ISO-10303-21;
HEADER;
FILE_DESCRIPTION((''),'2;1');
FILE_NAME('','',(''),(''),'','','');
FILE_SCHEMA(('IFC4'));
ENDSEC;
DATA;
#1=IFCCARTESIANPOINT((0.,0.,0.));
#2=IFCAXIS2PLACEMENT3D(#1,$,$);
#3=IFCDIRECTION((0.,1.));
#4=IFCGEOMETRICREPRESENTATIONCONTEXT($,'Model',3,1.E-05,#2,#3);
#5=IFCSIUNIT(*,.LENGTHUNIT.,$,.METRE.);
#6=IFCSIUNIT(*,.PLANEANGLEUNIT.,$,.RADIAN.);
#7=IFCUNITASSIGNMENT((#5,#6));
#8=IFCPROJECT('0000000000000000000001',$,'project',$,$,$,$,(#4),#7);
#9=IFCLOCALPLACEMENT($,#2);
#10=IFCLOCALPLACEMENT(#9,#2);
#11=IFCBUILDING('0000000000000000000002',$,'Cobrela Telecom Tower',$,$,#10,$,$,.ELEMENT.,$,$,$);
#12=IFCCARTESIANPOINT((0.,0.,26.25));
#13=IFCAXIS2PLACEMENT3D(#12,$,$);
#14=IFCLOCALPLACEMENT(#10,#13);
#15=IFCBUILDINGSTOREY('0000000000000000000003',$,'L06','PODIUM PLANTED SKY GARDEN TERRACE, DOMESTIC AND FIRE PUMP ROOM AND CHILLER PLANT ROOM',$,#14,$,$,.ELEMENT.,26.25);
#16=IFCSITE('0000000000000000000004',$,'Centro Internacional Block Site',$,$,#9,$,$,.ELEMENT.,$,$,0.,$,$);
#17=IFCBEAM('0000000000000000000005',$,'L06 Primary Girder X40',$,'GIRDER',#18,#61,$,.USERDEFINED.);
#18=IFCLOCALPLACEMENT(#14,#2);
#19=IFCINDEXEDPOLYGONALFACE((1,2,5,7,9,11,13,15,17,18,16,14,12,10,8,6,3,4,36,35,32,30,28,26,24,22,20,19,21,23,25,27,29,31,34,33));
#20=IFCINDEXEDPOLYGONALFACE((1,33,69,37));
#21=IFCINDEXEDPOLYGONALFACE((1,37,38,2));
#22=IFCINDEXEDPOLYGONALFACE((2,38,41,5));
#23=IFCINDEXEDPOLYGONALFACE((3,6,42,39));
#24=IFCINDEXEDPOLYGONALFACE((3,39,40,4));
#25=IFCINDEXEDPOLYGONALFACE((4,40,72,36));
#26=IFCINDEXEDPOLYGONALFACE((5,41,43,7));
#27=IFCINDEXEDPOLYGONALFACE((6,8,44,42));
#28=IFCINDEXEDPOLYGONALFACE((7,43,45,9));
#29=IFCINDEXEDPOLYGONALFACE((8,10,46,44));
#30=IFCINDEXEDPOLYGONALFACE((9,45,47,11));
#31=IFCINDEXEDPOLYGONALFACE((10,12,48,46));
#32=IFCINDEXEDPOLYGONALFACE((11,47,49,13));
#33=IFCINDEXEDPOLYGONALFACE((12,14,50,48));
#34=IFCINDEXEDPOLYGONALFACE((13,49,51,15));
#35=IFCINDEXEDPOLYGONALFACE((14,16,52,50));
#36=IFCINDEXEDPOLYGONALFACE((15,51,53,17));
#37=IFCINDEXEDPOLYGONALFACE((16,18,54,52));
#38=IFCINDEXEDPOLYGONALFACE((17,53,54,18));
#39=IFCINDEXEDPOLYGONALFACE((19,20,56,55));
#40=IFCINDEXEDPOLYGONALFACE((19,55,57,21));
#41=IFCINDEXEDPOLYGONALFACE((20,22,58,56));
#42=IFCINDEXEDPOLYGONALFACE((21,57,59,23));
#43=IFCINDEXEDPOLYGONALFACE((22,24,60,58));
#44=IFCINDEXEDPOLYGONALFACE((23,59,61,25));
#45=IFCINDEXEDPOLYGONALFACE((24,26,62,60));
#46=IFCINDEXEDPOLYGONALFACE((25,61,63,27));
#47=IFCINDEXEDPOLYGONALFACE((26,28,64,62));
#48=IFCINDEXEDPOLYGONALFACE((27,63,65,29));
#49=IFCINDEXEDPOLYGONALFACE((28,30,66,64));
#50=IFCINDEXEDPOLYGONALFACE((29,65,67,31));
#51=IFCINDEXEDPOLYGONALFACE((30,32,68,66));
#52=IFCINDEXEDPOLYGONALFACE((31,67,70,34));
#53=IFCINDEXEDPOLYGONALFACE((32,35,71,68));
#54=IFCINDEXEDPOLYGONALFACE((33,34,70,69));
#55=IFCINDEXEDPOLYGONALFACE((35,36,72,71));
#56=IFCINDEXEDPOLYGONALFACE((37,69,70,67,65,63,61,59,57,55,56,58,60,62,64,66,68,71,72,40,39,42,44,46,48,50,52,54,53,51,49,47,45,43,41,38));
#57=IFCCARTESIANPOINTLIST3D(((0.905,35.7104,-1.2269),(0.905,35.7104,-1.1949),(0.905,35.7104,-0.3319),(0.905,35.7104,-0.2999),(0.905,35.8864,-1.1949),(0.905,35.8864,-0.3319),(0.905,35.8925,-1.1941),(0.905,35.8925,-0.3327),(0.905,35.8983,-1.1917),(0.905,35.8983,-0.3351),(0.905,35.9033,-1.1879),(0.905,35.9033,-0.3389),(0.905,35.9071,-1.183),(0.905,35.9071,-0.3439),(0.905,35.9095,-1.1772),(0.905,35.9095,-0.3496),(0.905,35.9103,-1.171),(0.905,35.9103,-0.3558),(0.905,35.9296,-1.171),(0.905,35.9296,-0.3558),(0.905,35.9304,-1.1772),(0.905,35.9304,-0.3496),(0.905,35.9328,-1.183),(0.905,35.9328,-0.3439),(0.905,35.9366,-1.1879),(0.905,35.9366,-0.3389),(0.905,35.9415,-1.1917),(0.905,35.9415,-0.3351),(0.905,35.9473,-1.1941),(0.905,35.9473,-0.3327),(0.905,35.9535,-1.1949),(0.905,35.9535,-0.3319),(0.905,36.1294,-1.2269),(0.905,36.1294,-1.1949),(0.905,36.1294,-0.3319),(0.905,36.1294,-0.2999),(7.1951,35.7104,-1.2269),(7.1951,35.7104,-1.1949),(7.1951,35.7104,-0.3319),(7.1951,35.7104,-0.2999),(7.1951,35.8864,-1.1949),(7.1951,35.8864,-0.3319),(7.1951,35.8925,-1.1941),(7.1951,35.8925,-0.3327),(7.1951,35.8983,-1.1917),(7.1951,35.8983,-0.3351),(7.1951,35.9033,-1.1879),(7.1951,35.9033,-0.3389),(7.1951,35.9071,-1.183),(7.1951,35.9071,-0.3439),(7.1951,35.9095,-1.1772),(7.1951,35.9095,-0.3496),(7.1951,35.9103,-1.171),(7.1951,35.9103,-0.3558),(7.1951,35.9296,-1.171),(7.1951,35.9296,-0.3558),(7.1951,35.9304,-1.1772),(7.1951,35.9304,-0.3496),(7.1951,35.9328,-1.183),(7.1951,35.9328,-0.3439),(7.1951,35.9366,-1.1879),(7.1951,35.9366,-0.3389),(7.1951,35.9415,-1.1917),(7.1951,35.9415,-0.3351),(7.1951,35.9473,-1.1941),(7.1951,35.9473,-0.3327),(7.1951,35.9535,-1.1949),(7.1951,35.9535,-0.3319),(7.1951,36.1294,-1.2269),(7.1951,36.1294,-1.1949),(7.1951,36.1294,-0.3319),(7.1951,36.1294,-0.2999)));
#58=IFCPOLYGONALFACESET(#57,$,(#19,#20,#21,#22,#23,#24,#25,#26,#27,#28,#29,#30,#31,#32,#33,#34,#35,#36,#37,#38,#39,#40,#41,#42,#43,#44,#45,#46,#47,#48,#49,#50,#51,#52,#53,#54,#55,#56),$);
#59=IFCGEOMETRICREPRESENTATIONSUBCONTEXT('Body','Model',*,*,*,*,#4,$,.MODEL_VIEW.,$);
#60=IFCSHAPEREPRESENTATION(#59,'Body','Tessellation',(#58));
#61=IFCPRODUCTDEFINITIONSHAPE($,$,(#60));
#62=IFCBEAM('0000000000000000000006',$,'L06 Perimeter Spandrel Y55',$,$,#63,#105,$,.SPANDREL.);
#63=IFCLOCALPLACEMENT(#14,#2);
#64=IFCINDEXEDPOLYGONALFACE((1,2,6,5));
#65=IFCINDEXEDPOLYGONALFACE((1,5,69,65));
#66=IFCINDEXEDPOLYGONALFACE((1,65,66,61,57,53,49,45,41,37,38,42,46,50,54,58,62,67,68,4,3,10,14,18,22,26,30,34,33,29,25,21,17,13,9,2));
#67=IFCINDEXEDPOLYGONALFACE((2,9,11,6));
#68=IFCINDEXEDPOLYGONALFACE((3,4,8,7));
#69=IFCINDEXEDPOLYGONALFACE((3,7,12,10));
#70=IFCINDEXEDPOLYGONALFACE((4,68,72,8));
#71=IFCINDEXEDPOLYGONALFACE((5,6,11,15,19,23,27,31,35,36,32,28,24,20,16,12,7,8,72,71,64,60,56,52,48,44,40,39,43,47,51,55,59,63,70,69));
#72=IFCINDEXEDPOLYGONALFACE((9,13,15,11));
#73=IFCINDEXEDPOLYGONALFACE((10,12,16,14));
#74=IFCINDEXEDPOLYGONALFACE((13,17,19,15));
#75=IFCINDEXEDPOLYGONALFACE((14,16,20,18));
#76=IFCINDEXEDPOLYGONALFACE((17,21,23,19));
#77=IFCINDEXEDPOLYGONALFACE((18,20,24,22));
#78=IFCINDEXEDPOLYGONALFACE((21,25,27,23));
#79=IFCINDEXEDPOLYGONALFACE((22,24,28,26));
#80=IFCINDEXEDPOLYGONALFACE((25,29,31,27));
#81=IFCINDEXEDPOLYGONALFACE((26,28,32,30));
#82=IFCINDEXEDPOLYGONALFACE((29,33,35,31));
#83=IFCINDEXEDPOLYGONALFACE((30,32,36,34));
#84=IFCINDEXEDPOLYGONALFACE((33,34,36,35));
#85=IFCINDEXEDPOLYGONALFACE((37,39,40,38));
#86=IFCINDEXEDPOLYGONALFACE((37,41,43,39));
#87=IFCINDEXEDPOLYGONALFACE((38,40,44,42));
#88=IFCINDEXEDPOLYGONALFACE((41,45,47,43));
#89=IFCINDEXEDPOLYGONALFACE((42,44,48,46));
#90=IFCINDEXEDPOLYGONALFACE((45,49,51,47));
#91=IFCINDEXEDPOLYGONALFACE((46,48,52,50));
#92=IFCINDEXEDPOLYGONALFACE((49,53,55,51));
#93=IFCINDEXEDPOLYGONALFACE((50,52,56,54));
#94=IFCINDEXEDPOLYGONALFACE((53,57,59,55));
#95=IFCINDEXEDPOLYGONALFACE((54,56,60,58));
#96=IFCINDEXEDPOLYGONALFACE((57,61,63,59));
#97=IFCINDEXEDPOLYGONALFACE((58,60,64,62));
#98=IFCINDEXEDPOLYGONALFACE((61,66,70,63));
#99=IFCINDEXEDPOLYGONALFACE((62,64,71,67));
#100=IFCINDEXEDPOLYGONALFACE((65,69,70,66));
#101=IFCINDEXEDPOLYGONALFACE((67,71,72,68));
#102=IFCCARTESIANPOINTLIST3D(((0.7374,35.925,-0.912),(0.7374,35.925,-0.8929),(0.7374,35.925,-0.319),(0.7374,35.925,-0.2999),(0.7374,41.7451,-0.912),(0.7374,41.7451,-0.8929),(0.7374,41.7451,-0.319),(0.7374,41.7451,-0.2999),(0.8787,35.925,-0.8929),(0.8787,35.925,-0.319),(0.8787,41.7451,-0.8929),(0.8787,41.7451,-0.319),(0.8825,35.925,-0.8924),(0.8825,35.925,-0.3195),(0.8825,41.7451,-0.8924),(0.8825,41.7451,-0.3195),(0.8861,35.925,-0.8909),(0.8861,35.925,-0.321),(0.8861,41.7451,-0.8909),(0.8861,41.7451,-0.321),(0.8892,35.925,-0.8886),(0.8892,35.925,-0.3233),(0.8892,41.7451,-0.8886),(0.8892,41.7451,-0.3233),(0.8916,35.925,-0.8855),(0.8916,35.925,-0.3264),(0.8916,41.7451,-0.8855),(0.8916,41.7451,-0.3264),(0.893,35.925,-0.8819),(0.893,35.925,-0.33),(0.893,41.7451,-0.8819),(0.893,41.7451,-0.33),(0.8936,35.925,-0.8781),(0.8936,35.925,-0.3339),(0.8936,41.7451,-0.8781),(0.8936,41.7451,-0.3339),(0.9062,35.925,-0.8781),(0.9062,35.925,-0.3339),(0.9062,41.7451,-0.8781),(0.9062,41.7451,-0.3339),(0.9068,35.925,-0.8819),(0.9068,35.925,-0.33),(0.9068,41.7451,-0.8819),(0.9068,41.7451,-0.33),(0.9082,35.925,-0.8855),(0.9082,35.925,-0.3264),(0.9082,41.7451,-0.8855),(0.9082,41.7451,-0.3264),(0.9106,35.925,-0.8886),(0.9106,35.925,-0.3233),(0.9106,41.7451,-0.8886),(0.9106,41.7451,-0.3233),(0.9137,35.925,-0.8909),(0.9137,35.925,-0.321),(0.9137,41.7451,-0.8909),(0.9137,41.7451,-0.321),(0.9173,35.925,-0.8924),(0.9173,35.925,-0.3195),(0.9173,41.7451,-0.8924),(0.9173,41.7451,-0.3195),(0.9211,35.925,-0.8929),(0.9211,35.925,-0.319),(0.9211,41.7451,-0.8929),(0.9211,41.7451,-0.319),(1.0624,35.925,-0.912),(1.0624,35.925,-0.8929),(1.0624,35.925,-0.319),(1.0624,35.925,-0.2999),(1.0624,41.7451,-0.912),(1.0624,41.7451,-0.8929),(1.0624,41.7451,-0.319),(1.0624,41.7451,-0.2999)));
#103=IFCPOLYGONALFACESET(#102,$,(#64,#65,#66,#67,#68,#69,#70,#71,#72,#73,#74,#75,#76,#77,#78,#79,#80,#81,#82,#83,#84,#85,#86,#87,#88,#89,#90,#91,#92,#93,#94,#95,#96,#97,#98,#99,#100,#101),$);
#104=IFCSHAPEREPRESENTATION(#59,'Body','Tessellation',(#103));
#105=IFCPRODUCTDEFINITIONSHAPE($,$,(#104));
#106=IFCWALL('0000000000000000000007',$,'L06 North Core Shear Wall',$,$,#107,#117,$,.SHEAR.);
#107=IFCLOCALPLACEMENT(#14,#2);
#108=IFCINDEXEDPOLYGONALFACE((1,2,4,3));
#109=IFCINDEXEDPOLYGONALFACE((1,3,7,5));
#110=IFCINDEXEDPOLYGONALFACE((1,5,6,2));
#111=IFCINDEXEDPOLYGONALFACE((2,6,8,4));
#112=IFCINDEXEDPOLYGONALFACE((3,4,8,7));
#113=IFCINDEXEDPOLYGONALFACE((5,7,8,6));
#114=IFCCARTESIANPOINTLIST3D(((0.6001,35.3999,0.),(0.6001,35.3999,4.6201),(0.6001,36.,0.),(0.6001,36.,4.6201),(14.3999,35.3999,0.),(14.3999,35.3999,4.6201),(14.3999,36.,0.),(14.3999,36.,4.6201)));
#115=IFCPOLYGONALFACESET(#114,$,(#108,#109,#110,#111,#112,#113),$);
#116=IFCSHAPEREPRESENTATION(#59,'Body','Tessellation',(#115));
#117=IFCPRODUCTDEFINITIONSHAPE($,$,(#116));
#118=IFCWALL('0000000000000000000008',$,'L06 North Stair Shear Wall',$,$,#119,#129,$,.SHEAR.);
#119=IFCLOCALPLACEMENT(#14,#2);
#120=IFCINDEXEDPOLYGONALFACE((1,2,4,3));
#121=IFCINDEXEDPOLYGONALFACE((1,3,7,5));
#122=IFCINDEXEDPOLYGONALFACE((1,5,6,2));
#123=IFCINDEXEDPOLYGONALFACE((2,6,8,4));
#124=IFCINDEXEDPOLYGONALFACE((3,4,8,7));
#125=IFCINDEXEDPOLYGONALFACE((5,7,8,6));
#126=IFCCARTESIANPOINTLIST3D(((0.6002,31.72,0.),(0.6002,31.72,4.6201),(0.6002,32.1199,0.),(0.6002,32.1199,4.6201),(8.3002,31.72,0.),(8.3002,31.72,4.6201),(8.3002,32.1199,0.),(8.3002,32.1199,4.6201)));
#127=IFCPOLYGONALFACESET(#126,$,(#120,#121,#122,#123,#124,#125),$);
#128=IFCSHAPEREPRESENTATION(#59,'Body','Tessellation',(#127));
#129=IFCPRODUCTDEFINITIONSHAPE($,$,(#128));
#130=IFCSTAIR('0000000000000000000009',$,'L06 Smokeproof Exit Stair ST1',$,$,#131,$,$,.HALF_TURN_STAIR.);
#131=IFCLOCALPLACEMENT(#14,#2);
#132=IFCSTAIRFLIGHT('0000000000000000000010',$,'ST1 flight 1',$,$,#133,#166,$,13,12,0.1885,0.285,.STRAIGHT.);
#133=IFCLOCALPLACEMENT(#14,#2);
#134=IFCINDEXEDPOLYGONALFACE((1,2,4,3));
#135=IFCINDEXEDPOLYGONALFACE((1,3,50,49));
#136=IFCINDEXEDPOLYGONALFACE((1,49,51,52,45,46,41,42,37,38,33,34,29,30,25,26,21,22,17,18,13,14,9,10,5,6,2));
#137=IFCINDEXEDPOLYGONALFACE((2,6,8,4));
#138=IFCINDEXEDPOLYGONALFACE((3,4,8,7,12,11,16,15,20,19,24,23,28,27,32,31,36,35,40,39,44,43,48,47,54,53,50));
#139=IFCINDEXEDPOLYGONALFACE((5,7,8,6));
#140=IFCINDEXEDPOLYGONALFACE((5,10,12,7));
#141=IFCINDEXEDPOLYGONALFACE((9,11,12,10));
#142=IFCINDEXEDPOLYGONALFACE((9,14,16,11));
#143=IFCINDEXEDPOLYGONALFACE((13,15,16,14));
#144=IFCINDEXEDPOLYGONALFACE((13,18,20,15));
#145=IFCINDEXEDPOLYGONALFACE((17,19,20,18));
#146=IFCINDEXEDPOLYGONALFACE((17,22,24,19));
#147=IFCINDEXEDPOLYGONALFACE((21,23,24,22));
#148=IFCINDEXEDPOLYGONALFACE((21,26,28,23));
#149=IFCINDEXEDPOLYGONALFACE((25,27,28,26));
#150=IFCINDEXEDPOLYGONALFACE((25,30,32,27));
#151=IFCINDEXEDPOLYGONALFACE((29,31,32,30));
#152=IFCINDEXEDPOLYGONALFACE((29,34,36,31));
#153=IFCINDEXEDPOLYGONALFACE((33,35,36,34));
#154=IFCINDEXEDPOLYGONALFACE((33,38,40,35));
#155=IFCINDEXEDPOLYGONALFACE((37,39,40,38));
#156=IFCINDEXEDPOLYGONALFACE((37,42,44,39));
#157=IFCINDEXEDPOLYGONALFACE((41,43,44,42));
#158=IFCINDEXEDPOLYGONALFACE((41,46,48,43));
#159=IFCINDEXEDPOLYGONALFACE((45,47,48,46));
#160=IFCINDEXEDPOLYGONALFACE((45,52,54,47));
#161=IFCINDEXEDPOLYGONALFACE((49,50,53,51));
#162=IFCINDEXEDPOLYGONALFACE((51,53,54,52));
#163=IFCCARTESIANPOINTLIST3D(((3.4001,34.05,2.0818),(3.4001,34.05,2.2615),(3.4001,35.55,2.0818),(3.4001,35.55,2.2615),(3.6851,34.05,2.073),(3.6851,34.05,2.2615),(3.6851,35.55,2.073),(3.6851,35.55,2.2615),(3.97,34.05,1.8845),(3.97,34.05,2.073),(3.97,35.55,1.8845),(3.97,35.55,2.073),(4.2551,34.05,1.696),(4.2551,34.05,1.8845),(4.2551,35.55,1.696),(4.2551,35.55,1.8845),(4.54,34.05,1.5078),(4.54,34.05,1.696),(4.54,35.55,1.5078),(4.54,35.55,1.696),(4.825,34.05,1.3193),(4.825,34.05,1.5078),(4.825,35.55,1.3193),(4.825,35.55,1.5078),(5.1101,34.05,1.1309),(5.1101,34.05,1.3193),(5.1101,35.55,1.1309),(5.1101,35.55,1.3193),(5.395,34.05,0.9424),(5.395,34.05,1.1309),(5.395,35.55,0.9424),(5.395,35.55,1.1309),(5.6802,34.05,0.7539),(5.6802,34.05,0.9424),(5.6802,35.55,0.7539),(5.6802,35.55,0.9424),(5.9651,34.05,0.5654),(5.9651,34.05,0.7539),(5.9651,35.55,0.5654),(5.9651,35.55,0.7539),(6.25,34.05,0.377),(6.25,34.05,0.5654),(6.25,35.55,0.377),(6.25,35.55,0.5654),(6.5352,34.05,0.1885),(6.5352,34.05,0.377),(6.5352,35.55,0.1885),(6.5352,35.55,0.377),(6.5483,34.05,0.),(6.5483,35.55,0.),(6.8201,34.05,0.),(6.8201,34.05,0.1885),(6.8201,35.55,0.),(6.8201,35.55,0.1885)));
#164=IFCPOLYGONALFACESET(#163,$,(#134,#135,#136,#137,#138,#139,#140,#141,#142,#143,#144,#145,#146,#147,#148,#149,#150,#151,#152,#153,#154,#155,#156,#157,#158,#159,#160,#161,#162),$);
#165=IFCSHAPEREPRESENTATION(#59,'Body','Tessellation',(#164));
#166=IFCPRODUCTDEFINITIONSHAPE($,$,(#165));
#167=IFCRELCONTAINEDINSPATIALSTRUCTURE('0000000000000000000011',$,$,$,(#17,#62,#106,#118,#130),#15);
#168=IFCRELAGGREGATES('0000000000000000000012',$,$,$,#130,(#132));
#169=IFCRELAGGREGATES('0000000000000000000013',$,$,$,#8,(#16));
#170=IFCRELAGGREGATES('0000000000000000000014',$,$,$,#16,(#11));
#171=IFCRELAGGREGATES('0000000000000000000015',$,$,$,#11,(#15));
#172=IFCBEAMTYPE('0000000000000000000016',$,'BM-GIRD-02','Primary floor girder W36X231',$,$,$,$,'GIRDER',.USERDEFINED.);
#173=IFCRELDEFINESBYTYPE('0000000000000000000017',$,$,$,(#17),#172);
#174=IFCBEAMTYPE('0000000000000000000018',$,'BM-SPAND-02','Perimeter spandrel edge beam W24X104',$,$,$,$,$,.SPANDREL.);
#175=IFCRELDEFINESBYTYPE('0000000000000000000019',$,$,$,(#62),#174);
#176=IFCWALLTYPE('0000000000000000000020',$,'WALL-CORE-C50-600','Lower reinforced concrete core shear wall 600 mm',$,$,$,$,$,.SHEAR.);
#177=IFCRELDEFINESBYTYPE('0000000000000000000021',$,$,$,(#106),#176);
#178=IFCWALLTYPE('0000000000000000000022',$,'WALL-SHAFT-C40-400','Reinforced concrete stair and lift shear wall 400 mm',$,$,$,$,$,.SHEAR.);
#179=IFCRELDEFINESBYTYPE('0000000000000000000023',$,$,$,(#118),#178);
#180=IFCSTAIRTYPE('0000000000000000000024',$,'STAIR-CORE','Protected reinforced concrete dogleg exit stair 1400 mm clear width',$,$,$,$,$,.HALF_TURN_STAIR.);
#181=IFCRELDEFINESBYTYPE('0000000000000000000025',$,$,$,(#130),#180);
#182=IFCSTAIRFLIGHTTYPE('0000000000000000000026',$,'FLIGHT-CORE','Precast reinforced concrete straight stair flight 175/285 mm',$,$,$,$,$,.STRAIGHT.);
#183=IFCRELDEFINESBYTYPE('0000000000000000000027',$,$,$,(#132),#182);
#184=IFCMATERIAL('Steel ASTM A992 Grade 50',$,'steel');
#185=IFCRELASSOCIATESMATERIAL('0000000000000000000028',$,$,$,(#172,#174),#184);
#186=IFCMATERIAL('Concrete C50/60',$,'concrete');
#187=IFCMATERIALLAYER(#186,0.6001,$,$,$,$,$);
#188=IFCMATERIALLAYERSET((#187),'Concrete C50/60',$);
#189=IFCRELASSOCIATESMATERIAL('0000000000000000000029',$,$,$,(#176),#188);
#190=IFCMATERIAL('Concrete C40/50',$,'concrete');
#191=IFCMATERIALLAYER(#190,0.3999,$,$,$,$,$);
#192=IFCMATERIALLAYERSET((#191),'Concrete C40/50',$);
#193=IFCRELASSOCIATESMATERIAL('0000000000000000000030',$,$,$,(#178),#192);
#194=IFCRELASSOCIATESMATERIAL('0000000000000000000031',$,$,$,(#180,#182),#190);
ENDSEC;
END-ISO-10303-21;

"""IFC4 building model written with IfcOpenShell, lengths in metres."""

from ifc_helpers import new_model, si_unit, direction, frame, frame_2d, origin, origin_2d, place, context, subcontext, project, spatial, polyline, rectangle, i_section, outline, extrude, material, layer, layer_set, material_profile, profile_set, type_object, element, aggregate, save


model = new_model("IFC4")

# Units and contexts
model_context = context("Model", 3, precision=1e-05, world=origin(), true_north=direction((0.0, 1.0)))
body_context = subcontext(model_context, "Body", "Model", "MODEL_VIEW")
ifc_project = project(units=[si_unit("LENGTHUNIT", "METRE"), si_unit("PLANEANGLEUNIT", "RADIAN")], contexts=[model_context])

# Site, building, storey
site_placement = place(None, origin())
site = spatial("IfcSite", under=ifc_project, at=site_placement, Name="Centro Internacional Block Site", CompositionType="ELEMENT", RefElevation=0.0)
building_placement = place(site_placement, origin())
building = spatial("IfcBuilding", under=site, at=building_placement, Name="Cobrela Telecom Tower", CompositionType="ELEMENT")
storey_placement = place(building_placement, frame((0.0, 0.0, 26.25)))
storey = spatial("IfcBuildingStorey", under=building, at=storey_placement, Name="L06", Description="PODIUM PLANTED SKY GARDEN TERRACE, DOMESTIC AND FIRE PUMP ROOM AND CHILLER PLANT ROOM", CompositionType="ELEMENT", Elevation=26.25)

# Beams
ifc_material_1 = material(Name="Steel ASTM A992 Grade 50", Category="steel")
ifc_material_profile_1 = material_profile(ifc_material_1, i_section(OverallWidth=0.4189, OverallDepth=0.927, WebThickness=0.0193, FlangeThickness=0.032, FilletRadius=0.0239, at=origin_2d()), Name="W36X231")
ifc_profile_set_1 = profile_set([ifc_material_profile_1], Name="Steel ASTM A992 Grade 50")
beam_type_1 = type_object("IfcBeamType", Name="BM-GIRD-02", Description="Primary floor girder W36X231", ElementType="GIRDER", PredefinedType="USERDEFINED", material=ifc_profile_set_1)
beam_1_placement = place(storey_placement, frame((0.905, 35.9199, -0.7634), z_axis=(1.0, 0.0, 0.0), x_axis=(0.0, 1.0, 0.0)))
element("IfcBeam", 1, at=beam_1_placement, inside=storey, type_object=beam_type_1, Name="L06 Primary Girder X40", ObjectType="GIRDER", PredefinedType="USERDEFINED", context=body_context, shape_type="SweptSolid", body=[
    extrude(i_section(OverallWidth=0.4189, OverallDepth=0.927, WebThickness=0.0193, FlangeThickness=0.032, FilletRadius=0.0239, at=origin_2d()), origin(), (0.0, 0.0, 1.0), 6.29),
])
ifc_material_profile_2 = material_profile(ifc_material_1, i_section(OverallWidth=0.325, OverallDepth=0.6121, WebThickness=0.0127, FlangeThickness=0.019, FilletRadius=0.0149, at=origin_2d()), Name="W24X104")
ifc_profile_set_2 = profile_set([ifc_material_profile_2], Name="Steel ASTM A992 Grade 50")
beam_type_2 = type_object("IfcBeamType", Name="BM-SPAND-02", Description="Perimeter spandrel edge beam W24X104", PredefinedType="SPANDREL", material=ifc_profile_set_2)
beam_2_placement = place(storey_placement, frame((0.8999, 35.925, -0.606), z_axis=(0.0, 1.0, 0.0), x_axis=(-1.0, 0.0, 0.0)))
element("IfcBeam", 2, at=beam_2_placement, inside=storey, type_object=beam_type_2, Name="L06 Perimeter Spandrel Y55", PredefinedType="SPANDREL", context=body_context, shape_type="SweptSolid", body=[
    extrude(i_section(OverallWidth=0.325, OverallDepth=0.6121, WebThickness=0.0127, FlangeThickness=0.019, FilletRadius=0.0149, at=origin_2d()), origin(), (0.0, 0.0, 1.0), 5.8201),
])

# Walls
ifc_material_2 = material(Name="Concrete C50/60", Category="concrete")
ifc_layer_1 = layer(ifc_material_2, 0.6001)
ifc_layer_set_1 = layer_set([ifc_layer_1], Name="Concrete C50/60")
wall_type_1 = type_object("IfcWallType", Name="WALL-CORE-C50-600", Description="Lower reinforced concrete core shear wall 600 mm", PredefinedType="SHEAR", material=ifc_layer_set_1)
wall_1_placement = place(storey_placement, frame((0.6001, 35.7, 0.0), z_axis=(0.0, 0.0, 1.0), x_axis=(1.0, 0.0, 0.0)))
element("IfcWall", 3, at=wall_1_placement, inside=storey, type_object=wall_type_1, Name="L06 North Core Shear Wall", PredefinedType="SHEAR", context=body_context, shape_type="SweptSolid", body=[
    extrude(rectangle(XDim=13.7998, YDim=0.6001, at=frame_2d((6.8999, 0.0))), origin(), (0.0, 0.0, 1.0), 4.6201),
])
ifc_material_3 = material(Name="Concrete C40/50", Category="concrete")
ifc_layer_2 = layer(ifc_material_3, 0.3999)
ifc_layer_set_2 = layer_set([ifc_layer_2], Name="Concrete C40/50")
wall_type_2 = type_object("IfcWallType", Name="WALL-SHAFT-C40-400", Description="Reinforced concrete stair and lift shear wall 400 mm", PredefinedType="SHEAR", material=ifc_layer_set_2)
wall_2_placement = place(storey_placement, frame((0.6001, 31.9199, 0.0), z_axis=(0.0, 0.0, 1.0), x_axis=(1.0, 0.0, 0.0)))
element("IfcWall", 4, at=wall_2_placement, inside=storey, type_object=wall_type_2, Name="L06 North Stair Shear Wall", PredefinedType="SHEAR", context=body_context, shape_type="SweptSolid", body=[
    extrude(rectangle(XDim=7.7, YDim=0.3999, at=frame_2d((3.8501, 0.0))), origin(), (0.0, 0.0, 1.0), 4.6201),
])

# Stair, stair flight
stair_type = type_object("IfcStairType", Name="STAIR-CORE", Description="Protected reinforced concrete dogleg exit stair 1400 mm clear width", PredefinedType="HALF_TURN_STAIR", material=ifc_material_3)
stair_placement = place(storey_placement, origin())
stair = element("IfcStair", 5, at=stair_placement, inside=storey, type_object=stair_type, Name="L06 Smokeproof Exit Stair ST1", PredefinedType="HALF_TURN_STAIR")
stair_flight_type = type_object("IfcStairFlightType", Name="FLIGHT-CORE", Description="Precast reinforced concrete straight stair flight 175/285 mm", PredefinedType="STRAIGHT", material=ifc_material_3)
stair_flight_1_placement = place(storey_placement, frame((6.8201, 34.8, 0.0), z_axis=(0.0, 0.0, 1.0), x_axis=(-1.0, 0.0, 0.0)))
stair_flight_1 = element("IfcStairFlight", 6, at=stair_flight_1_placement, type_object=stair_flight_type, Name="ST1 flight 1", NumberOfRisers=13, NumberOfTreads=12, PredefinedType="STRAIGHT", RiserHeight=0.1885, TreadLength=0.285, context=body_context, shape_type="SweptSolid", body=[
    extrude(outline(polyline([(0.0, 0.0), (0.0, 0.1885), (0.2849, 0.1885), (0.2849, 0.377), (0.5701, 0.377), (0.5701, 0.5654), (0.855, 0.5654), (0.855, 0.7539), (1.1399, 0.7539), (1.1399, 0.9424), (1.425, 0.9424), (1.425, 1.1309), (1.71, 1.1309), (1.71, 1.3193), (1.9951, 1.3193), (1.9951, 1.5078), (2.28, 1.5078), (2.28, 1.696), (2.5649, 1.696), (2.5649, 1.8845), (2.8501, 1.8845), (2.8501, 2.073), (3.135, 2.073), (3.135, 2.2615), (3.4199, 2.2615), (3.4199, 2.45), (3.4199, 2.0818), (0.2717, 0.0), (0.0, 0.0)])), frame((0.0, 0.75, 0.0), z_axis=(0.0, -1.0, 0.0), x_axis=(1.0, 0.0, 0.0)), (0.0, 0.0, 1.0), 1.5),
])
aggregate(stair, [stair_flight_1])

save(model, "model.ifc")
